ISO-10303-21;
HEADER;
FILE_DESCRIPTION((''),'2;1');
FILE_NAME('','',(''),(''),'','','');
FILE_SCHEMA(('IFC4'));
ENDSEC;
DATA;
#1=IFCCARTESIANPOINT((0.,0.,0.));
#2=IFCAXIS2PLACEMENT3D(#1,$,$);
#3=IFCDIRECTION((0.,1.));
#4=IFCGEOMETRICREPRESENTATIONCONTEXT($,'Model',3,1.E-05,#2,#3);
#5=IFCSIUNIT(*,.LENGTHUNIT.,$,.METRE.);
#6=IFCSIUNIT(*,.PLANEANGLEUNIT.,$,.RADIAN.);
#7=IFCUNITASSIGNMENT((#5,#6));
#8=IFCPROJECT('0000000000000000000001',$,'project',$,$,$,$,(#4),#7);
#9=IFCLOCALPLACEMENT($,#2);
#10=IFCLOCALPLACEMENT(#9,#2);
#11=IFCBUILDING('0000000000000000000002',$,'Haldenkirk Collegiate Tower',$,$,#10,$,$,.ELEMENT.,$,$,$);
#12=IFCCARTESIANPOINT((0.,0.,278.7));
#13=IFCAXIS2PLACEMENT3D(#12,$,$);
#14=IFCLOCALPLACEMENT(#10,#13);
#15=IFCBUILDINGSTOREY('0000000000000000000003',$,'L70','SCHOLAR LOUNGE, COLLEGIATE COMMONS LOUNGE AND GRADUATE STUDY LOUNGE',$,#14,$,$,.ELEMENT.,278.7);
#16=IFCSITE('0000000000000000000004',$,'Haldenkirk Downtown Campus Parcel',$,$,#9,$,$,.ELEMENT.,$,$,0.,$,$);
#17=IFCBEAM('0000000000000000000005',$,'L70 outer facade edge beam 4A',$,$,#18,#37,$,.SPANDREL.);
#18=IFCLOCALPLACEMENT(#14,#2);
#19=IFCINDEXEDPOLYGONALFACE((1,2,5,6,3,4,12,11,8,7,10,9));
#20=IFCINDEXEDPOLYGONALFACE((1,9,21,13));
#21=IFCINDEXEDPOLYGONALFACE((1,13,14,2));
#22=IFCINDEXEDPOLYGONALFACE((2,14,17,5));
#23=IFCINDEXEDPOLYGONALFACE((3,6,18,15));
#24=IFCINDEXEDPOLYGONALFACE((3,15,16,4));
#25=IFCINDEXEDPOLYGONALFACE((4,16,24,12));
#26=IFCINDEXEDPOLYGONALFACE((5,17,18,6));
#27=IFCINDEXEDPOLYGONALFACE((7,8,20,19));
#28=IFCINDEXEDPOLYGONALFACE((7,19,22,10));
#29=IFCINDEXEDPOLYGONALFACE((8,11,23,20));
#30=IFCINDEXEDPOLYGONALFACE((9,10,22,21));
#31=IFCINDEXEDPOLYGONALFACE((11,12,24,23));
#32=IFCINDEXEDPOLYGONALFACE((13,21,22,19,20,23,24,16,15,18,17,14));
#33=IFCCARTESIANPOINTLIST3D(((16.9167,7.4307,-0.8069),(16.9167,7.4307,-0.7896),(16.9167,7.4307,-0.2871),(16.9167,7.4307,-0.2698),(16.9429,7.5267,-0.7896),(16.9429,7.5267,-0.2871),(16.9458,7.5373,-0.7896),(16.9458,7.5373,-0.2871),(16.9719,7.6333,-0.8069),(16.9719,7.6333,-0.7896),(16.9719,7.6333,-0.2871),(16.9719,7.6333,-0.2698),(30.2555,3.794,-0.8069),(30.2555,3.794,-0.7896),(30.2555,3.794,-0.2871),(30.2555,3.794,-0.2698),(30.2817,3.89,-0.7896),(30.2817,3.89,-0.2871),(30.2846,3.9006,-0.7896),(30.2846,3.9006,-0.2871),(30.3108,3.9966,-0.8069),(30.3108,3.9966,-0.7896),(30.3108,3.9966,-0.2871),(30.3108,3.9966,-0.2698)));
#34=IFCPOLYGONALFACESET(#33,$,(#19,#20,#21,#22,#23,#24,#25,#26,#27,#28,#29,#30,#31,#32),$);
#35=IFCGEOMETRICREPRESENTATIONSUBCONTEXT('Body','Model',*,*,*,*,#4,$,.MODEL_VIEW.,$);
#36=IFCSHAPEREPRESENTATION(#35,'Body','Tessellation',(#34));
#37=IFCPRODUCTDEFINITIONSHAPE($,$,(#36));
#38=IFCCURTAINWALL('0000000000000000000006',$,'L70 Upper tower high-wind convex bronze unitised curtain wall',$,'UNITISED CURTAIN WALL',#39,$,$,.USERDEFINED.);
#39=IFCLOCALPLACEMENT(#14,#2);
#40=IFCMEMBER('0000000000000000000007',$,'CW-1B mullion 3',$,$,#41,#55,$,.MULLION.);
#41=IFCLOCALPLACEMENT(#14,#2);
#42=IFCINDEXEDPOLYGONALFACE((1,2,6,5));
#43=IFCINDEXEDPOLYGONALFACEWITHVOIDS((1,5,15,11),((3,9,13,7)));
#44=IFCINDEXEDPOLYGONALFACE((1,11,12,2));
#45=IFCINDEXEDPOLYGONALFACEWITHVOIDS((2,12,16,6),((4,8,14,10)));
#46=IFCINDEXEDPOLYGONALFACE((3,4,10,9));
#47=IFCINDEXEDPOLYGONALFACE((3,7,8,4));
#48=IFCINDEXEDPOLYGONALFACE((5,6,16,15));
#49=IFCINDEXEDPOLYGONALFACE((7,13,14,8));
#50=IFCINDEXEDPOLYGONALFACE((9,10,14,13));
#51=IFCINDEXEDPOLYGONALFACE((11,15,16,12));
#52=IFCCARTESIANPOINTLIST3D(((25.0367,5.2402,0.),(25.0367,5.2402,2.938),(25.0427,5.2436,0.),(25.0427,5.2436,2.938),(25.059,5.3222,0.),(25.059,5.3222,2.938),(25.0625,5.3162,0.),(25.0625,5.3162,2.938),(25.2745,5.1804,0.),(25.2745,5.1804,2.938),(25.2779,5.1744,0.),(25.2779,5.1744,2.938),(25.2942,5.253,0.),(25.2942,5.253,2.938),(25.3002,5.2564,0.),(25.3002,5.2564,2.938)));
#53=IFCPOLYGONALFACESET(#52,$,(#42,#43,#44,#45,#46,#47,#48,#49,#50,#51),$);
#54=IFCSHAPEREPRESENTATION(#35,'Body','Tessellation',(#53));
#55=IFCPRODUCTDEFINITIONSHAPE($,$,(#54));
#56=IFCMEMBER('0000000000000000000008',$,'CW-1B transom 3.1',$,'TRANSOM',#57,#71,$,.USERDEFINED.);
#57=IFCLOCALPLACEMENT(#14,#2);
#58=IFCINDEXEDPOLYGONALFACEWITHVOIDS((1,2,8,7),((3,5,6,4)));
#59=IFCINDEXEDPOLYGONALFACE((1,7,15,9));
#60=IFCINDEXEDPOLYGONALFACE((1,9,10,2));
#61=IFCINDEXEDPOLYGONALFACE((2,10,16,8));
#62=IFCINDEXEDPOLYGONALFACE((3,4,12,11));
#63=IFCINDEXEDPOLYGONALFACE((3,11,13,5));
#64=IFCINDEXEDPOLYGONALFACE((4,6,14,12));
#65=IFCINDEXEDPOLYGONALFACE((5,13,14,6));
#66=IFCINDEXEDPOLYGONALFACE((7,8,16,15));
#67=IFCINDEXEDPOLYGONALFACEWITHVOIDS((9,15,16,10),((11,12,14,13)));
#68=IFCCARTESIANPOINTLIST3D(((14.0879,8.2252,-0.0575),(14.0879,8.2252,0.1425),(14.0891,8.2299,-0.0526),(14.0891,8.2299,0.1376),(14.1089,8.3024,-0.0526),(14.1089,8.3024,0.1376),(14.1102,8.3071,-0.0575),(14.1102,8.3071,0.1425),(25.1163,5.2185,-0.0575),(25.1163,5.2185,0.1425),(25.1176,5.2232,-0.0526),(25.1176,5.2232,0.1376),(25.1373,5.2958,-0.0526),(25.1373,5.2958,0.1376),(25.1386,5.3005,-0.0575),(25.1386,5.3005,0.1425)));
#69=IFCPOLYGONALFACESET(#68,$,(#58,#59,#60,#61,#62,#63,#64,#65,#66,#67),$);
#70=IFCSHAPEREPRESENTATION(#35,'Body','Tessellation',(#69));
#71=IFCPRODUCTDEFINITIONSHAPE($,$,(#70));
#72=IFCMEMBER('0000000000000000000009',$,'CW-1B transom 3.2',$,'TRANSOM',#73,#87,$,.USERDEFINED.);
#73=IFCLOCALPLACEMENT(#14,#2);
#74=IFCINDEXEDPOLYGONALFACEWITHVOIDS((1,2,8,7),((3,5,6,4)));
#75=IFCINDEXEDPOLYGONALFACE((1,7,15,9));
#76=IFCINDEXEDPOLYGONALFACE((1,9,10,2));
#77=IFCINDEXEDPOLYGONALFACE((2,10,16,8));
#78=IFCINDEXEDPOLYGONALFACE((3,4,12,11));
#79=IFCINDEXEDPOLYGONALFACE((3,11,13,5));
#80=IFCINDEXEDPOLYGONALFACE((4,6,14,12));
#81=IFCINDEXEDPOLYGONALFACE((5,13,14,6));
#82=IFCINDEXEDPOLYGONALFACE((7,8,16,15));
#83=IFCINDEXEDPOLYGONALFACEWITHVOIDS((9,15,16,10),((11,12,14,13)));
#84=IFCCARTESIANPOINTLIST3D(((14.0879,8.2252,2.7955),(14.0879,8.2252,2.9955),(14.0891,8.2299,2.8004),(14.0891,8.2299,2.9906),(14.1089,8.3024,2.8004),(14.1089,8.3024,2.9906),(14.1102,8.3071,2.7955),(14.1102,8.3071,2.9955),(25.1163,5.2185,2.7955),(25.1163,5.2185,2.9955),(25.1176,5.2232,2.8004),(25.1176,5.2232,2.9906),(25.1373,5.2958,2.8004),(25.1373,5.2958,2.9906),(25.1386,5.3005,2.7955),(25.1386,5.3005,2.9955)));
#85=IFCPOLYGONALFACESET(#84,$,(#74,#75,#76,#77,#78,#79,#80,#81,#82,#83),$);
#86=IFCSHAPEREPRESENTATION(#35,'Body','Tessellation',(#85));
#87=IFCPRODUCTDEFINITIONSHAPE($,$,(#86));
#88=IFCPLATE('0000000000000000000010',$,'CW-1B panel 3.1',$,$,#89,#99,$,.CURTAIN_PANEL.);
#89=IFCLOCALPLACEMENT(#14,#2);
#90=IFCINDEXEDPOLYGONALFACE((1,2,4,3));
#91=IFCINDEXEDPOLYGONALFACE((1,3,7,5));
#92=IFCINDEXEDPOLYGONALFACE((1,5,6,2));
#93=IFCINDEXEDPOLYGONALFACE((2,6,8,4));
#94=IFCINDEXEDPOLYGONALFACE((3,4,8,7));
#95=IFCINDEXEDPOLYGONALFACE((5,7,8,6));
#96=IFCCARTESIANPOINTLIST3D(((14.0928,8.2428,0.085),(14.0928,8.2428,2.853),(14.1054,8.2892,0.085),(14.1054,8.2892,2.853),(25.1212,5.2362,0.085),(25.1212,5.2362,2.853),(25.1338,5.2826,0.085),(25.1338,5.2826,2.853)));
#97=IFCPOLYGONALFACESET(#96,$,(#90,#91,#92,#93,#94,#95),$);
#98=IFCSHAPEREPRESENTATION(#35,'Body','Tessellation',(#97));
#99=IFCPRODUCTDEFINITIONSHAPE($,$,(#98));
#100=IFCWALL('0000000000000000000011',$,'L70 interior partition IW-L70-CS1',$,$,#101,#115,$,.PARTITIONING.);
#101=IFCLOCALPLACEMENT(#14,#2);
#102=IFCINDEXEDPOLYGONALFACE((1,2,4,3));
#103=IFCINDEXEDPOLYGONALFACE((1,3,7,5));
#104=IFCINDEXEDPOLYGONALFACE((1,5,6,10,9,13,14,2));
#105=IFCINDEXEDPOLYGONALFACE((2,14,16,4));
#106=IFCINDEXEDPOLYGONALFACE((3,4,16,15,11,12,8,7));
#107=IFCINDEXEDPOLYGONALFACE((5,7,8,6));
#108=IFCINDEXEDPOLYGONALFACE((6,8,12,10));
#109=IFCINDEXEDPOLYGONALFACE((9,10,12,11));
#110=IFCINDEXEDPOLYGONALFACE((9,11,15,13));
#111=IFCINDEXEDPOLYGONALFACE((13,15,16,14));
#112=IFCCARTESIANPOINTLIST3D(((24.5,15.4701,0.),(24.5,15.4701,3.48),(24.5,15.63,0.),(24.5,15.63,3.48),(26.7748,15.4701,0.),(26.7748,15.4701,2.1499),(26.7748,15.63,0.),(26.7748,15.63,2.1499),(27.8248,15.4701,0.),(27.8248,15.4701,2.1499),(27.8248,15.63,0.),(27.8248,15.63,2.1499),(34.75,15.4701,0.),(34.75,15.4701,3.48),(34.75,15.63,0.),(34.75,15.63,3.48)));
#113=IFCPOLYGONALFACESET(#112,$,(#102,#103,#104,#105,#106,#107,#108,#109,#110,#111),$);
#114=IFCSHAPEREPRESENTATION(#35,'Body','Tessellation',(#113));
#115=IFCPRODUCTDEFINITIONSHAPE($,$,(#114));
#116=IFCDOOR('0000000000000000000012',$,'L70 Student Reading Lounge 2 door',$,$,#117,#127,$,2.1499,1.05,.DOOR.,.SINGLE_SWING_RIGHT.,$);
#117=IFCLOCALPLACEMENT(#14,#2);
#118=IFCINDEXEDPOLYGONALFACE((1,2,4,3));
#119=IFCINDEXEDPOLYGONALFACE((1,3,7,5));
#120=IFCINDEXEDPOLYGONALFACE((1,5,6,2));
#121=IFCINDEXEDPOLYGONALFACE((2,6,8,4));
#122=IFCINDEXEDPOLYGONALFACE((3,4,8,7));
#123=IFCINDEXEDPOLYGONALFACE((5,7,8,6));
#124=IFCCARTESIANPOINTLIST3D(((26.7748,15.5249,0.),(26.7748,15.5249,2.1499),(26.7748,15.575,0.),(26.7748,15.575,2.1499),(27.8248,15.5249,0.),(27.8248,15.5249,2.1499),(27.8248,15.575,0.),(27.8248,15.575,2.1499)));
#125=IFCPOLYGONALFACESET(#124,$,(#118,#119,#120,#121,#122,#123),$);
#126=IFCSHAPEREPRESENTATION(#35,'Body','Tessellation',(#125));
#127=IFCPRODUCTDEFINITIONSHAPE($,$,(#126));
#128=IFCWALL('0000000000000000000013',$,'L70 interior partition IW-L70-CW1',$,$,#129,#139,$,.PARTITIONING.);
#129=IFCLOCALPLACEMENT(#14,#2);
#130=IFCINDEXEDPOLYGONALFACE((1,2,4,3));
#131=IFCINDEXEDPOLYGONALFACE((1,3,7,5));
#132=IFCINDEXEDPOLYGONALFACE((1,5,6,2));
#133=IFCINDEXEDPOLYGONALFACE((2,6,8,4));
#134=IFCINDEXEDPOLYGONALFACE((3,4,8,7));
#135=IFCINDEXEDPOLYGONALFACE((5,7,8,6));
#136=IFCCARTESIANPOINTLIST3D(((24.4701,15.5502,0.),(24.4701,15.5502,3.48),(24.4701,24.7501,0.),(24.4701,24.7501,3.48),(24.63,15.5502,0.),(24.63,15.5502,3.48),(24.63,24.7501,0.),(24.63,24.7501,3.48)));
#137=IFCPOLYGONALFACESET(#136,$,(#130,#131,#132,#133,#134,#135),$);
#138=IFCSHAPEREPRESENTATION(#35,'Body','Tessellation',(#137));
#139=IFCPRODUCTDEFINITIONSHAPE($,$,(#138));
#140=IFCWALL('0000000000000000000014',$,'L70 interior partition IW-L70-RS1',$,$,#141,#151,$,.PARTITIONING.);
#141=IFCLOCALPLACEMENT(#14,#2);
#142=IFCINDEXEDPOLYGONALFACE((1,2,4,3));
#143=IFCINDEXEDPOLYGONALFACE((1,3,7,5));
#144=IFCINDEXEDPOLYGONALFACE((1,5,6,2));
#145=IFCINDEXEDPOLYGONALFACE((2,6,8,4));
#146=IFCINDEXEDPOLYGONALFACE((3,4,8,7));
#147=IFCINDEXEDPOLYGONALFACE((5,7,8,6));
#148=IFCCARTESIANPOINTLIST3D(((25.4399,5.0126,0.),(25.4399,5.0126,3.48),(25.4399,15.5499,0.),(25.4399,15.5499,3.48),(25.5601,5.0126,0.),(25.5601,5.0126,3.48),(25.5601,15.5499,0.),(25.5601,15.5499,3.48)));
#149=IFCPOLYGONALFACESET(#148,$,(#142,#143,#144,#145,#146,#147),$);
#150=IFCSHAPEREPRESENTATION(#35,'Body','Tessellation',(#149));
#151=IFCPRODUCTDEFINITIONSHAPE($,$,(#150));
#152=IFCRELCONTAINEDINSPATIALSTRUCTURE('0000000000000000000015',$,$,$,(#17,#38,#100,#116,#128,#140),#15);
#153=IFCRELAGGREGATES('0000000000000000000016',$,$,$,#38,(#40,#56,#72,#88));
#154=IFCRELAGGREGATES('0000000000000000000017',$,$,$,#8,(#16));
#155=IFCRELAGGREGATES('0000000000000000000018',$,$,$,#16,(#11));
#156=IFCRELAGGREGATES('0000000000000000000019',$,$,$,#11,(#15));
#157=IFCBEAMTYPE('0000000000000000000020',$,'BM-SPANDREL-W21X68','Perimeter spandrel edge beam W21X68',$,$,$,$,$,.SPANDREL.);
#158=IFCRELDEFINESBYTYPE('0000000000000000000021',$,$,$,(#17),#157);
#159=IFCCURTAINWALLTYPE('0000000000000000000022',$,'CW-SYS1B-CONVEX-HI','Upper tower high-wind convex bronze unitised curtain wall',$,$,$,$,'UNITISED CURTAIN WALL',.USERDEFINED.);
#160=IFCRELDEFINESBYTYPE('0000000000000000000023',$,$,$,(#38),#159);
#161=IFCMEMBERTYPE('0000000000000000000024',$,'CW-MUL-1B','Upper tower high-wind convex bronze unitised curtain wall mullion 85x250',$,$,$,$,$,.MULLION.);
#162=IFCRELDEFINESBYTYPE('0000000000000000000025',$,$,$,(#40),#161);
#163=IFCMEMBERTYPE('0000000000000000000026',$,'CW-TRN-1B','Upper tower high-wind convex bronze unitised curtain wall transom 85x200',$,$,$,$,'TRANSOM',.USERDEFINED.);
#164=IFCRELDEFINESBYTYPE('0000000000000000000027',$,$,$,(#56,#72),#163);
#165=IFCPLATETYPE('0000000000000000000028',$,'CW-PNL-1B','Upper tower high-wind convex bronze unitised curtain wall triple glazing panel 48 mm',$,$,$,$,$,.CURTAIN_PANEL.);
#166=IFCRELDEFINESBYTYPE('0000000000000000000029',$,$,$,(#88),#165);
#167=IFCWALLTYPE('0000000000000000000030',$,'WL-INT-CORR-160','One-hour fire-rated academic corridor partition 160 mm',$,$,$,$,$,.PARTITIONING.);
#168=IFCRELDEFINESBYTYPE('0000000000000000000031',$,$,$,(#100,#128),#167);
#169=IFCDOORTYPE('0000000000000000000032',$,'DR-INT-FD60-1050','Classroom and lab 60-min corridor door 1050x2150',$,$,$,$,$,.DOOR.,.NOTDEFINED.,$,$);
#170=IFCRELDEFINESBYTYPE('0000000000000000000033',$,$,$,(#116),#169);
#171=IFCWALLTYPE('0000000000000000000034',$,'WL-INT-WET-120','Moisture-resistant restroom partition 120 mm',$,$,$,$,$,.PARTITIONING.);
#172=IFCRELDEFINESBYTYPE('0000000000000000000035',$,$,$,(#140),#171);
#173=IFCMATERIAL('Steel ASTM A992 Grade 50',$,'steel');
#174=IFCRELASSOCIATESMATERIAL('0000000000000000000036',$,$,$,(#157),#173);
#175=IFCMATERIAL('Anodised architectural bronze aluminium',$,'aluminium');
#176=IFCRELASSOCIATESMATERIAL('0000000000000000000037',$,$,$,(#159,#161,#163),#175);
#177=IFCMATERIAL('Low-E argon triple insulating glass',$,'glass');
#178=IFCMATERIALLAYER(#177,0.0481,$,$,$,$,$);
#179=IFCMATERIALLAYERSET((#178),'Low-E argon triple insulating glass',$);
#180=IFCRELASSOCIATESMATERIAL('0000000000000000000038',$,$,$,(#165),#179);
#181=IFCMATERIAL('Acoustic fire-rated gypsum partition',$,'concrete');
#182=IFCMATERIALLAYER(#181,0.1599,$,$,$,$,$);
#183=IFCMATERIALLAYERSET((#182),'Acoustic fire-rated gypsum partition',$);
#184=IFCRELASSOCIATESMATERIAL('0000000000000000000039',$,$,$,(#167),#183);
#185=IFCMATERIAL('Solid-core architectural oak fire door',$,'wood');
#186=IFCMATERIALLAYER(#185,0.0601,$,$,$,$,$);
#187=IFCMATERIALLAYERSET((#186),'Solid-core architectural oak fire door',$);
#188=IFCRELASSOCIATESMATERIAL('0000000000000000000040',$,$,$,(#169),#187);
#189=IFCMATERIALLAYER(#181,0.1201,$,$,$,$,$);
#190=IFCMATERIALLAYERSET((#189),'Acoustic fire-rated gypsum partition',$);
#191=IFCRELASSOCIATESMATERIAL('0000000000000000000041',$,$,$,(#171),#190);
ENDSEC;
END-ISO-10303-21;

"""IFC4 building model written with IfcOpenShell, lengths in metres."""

from ifc_helpers import new_model, si_unit, direction, frame, frame_2d, origin, origin_2d, place, context, subcontext, project, spatial, rectangle, hollow_rectangle, i_section, extrude, source, transform, mapped, material, layer, layer_set, material_profile, profile_set, type_object, element, fill, aggregate, save


model = new_model("IFC4")

# Units and contexts
model_context = context("Model", 3, precision=1e-05, world=origin(), true_north=direction((0.0, 1.0)))
body_context = subcontext(model_context, "Body", "Model", "MODEL_VIEW")
ifc_project = project(units=[si_unit("LENGTHUNIT", "METRE"), si_unit("PLANEANGLEUNIT", "RADIAN")], contexts=[model_context])

# Site, building, storey
site_placement = place(None, origin())
site = spatial("IfcSite", under=ifc_project, at=site_placement, Name="Haldenkirk Downtown Campus Parcel", CompositionType="ELEMENT", RefElevation=0.0)
building_placement = place(site_placement, origin())
building = spatial("IfcBuilding", under=site, at=building_placement, Name="Haldenkirk Collegiate Tower", CompositionType="ELEMENT")
storey_placement = place(building_placement, frame((0.0, 0.0, 278.7)))
storey = spatial("IfcBuildingStorey", under=building, at=storey_placement, Name="L70", Description="SCHOLAR LOUNGE, COLLEGIATE COMMONS LOUNGE AND GRADUATE STUDY LOUNGE", CompositionType="ELEMENT", Elevation=278.7)

# Beam
ifc_material_1 = material(Name="Steel ASTM A992 Grade 50", Category="steel")
ifc_material_profile_1 = material_profile(ifc_material_1, i_section(OverallWidth=0.21, OverallDepth=0.5371, WebThickness=0.011, FlangeThickness=0.0173, at=origin_2d()), Name="W21X68")
ifc_profile_set_1 = profile_set([ifc_material_profile_1], Name="Steel ASTM A992 Grade 50")
beam_type_1 = type_object("IfcBeamType", Name="BM-SPANDREL-W21X68", Description="Perimeter spandrel edge beam W21X68", PredefinedType="SPANDREL", material=ifc_profile_set_1)
beam_1_placement = place(storey_placement, frame((16.9443, 7.532, -0.5383), z_axis=(0.964785, -0.26304, 0.0), x_axis=(0.26304, 0.964785, 0.0)))
element("IfcBeam", 1, at=beam_1_placement, inside=storey, type_object=beam_type_1, Name="L70 outer facade edge beam 4A", PredefinedType="SPANDREL", context=body_context, shape_type="SweptSolid", body=[
    extrude(i_section(OverallWidth=0.21, OverallDepth=0.5371, WebThickness=0.011, FlangeThickness=0.0173, at=origin_2d()), origin(), (0.0, 0.0, 1.0), 13.8257),
])

# Curtain wall, members, plate
ifc_material_2 = material(Name="Anodised architectural bronze aluminium", Category="aluminium")
curtain_wall_type = type_object("IfcCurtainWallType", Name="CW-SYS1B-CONVEX-HI", Description="Upper tower high-wind convex bronze unitised curtain wall", ElementType="UNITISED CURTAIN WALL", PredefinedType="USERDEFINED", material=ifc_material_2)
curtain_wall_placement = place(storey_placement, origin())
curtain_wall = element("IfcCurtainWall", 2, at=curtain_wall_placement, inside=storey, type_object=curtain_wall_type, Name="L70 Upper tower high-wind convex bronze unitised curtain wall", ObjectType="UNITISED CURTAIN WALL", PredefinedType="USERDEFINED")
ifc_material_profile_2 = material_profile(ifc_material_2, hollow_rectangle(XDim=0.085, YDim=0.25, WallThickness=0.0049, at=origin_2d()), Name="CW-MUL-1B")
ifc_profile_set_2 = profile_set([ifc_material_profile_2], Name="Anodised architectural bronze aluminium")
member_type_1 = type_object("IfcMemberType", Name="CW-MUL-1B", Description="Upper tower high-wind convex bronze unitised curtain wall mullion 85x250", PredefinedType="MULLION", material=ifc_profile_set_2)
member_1_placement = place(storey_placement, frame((25.1685, 5.2483, 0.0), z_axis=(0.0, 0.0, 1.0), x_axis=(-0.263031, -0.964787, 0.0)))
member_1 = element("IfcMember", 3, at=member_1_placement, type_object=member_type_1, Name="CW-1B mullion 3", PredefinedType="MULLION", context=body_context, shape_type="SweptSolid", body=[
    extrude(hollow_rectangle(XDim=0.085, YDim=0.25, WallThickness=0.0049, at=origin_2d()), origin(), (0.0, 0.0, 1.0), 2.938),
])
ifc_material_profile_3 = material_profile(ifc_material_2, hollow_rectangle(XDim=0.085, YDim=0.2, WallThickness=0.0049, at=origin_2d()), Name="CW-TRN-1B")
ifc_profile_set_3 = profile_set([ifc_material_profile_3], Name="Anodised architectural bronze aluminium")
member_type_2 = type_object("IfcMemberType", Name="CW-TRN-1B", Description="Upper tower high-wind convex bronze unitised curtain wall transom 85x200", ElementType="TRANSOM", PredefinedType="USERDEFINED", material=ifc_profile_set_3)
member_2_placement = place(storey_placement, frame((25.1274, 5.2595, 0.0425), z_axis=(-0.964789, 0.263025, 0.0), x_axis=(-0.263025, -0.964789, 0.0)))
member_2 = element("IfcMember", 4, at=member_2_placement, type_object=member_type_2, Name="CW-1B transom 3.1", ObjectType="TRANSOM", PredefinedType="USERDEFINED", context=body_context, shape_type="SweptSolid", body=[
    extrude(hollow_rectangle(XDim=0.085, YDim=0.2, WallThickness=0.0049, at=origin_2d()), origin(), (0.0, 0.0, 1.0), 11.4309),
])
member_3_placement = place(storey_placement, frame((25.1274, 5.2595, 2.8955), z_axis=(-0.964789, 0.263025, 0.0), x_axis=(-0.263025, -0.964789, 0.0)))
member_3 = element("IfcMember", 5, at=member_3_placement, type_object=member_type_2, Name="CW-1B transom 3.2", ObjectType="TRANSOM", PredefinedType="USERDEFINED", context=body_context, shape_type="SweptSolid", body=[
    extrude(hollow_rectangle(XDim=0.085, YDim=0.2, WallThickness=0.0049, at=origin_2d()), origin(), (0.0, 0.0, 1.0), 11.4309),
])
ifc_material_3 = material(Name="Low-E argon triple insulating glass", Category="glass")
ifc_layer_1 = layer(ifc_material_3, 0.0481)
ifc_layer_set_1 = layer_set([ifc_layer_1], Name="Low-E argon triple insulating glass")
plate_type = type_object("IfcPlateType", Name="CW-PNL-1B", Description="Upper tower high-wind convex bronze unitised curtain wall triple glazing panel 48 mm", PredefinedType="CURTAIN_PANEL", material=ifc_layer_set_1)
shared_shape = source(origin(), body_context, "Body", "SweptSolid", [
    extrude(rectangle(XDim=11.4309, YDim=0.0481, at=origin_2d()), origin(), (0.0, 0.0, 1.0), 2.7681),
])
plate_placement = place(storey_placement, frame((19.6133, 6.7627, 0.085), z_axis=(0.0, 0.0, 1.0), x_axis=(-0.964787, 0.263031, 0.0)))
plate = element("IfcPlate", 6, at=plate_placement, type_object=plate_type, Name="CW-1B panel 3.1", PredefinedType="CURTAIN_PANEL", context=body_context, shape_type="MappedRepresentation", body=[
    mapped(shared_shape, transform((0.0, 0.0, 0.0), x_axis=(1.0, 0.0, 0.0), y_axis=(0.0, 1.0, 0.0), z_axis=(0.0, 0.0, 1.0), scale=1.0)),
])
aggregate(curtain_wall, [member_1, member_2, member_3, plate])

# Wall, opening, door
ifc_material_4 = material(Name="Acoustic fire-rated gypsum partition", Category="concrete")
ifc_layer_2 = layer(ifc_material_4, 0.1599)
ifc_layer_set_2 = layer_set([ifc_layer_2], Name="Acoustic fire-rated gypsum partition")
wall_type_1 = type_object("IfcWallType", Name="WL-INT-CORR-160", Description="One-hour fire-rated academic corridor partition 160 mm", PredefinedType="PARTITIONING", material=ifc_layer_set_2)
wall_1_placement = place(storey_placement, frame((24.5, 15.55, 0.0), z_axis=(0.0, 0.0, 1.0), x_axis=(1.0, 0.0, 0.0)))
wall_1 = element("IfcWall", 7, at=wall_1_placement, inside=storey, type_object=wall_type_1, Name="L70 interior partition IW-L70-CS1", PredefinedType="PARTITIONING", context=body_context, shape_type="SweptSolid", body=[
    extrude(rectangle(XDim=10.25, YDim=0.1599, at=frame_2d((5.125, 0.0))), origin(), (0.0, 0.0, 1.0), 3.48),
])
opening_1_placement = place(wall_1_placement, frame((2.2749, 0.0, 0.0)))
opening_1 = element("IfcOpeningElement", 8, at=opening_1_placement, cuts=wall_1, PredefinedType="OPENING", context=body_context, shape_type="SweptSolid", body=[
    extrude(rectangle(XDim=1.05, YDim=2.1499, at=frame_2d((0.5249, 1.075))), frame((0.0, 0.0898, 0.0), z_axis=(0.0, -1.0, 0.0), x_axis=(1.0, 0.0, 0.0)), (0.0, 0.0, 1.0), 0.1799),
])
ifc_material_5 = material(Name="Solid-core architectural oak fire door", Category="wood")
ifc_layer_3 = layer(ifc_material_5, 0.0601)
ifc_layer_set_3 = layer_set([ifc_layer_3], Name="Solid-core architectural oak fire door")
door_type_1 = type_object("IfcDoorType", Name="DR-INT-FD60-1050", Description="Classroom and lab 60-min corridor door 1050x2150", OperationType="NOTDEFINED", PredefinedType="DOOR", material=ifc_layer_set_3)
door_1_placement = place(opening_1_placement, origin())
door_1 = element("IfcDoor", 9, at=door_1_placement, inside=storey, type_object=door_type_1, Name="L70 Student Reading Lounge 2 door", OperationType="SINGLE_SWING_RIGHT", OverallHeight=2.1499, OverallWidth=1.05, PredefinedType="DOOR", context=body_context, shape_type="SweptSolid", body=[
    extrude(rectangle(XDim=1.05, YDim=2.1499, at=frame_2d((0.5249, 1.075))), frame((0.0, 0.0249, 0.0), z_axis=(0.0, -1.0, 0.0), x_axis=(1.0, 0.0, 0.0)), (0.0, 0.0, 1.0), 0.05),
])
fill(opening_1, door_1)

# Walls
wall_2_placement = place(storey_placement, frame((24.55, 15.55, 0.0), z_axis=(0.0, 0.0, 1.0), x_axis=(0.0, 1.0, 0.0)))
element("IfcWall", 10, at=wall_2_placement, inside=storey, type_object=wall_type_1, Name="L70 interior partition IW-L70-CW1", PredefinedType="PARTITIONING", context=body_context, shape_type="SweptSolid", body=[
    extrude(rectangle(XDim=9.2, YDim=0.1599, at=frame_2d((4.6001, 0.0))), origin(), (0.0, 0.0, 1.0), 3.48),
])
ifc_layer_4 = layer(ifc_material_4, 0.1201)
ifc_layer_set_4 = layer_set([ifc_layer_4], Name="Acoustic fire-rated gypsum partition")
wall_type_2 = type_object("IfcWallType", Name="WL-INT-WET-120", Description="Moisture-resistant restroom partition 120 mm", PredefinedType="PARTITIONING", material=ifc_layer_set_4)
wall_3_placement = place(storey_placement, frame((25.5, 5.0127, 0.0), z_axis=(0.0, 0.0, 1.0), x_axis=(0.0, 1.0, 0.0)))
element("IfcWall", 11, at=wall_3_placement, inside=storey, type_object=wall_type_2, Name="L70 interior partition IW-L70-RS1", PredefinedType="PARTITIONING", context=body_context, shape_type="SweptSolid", body=[
    extrude(rectangle(XDim=10.5374, YDim=0.1201, at=frame_2d((5.2686, 0.0))), origin(), (0.0, 0.0, 1.0), 3.48),
])

save(model, "model.ifc")
